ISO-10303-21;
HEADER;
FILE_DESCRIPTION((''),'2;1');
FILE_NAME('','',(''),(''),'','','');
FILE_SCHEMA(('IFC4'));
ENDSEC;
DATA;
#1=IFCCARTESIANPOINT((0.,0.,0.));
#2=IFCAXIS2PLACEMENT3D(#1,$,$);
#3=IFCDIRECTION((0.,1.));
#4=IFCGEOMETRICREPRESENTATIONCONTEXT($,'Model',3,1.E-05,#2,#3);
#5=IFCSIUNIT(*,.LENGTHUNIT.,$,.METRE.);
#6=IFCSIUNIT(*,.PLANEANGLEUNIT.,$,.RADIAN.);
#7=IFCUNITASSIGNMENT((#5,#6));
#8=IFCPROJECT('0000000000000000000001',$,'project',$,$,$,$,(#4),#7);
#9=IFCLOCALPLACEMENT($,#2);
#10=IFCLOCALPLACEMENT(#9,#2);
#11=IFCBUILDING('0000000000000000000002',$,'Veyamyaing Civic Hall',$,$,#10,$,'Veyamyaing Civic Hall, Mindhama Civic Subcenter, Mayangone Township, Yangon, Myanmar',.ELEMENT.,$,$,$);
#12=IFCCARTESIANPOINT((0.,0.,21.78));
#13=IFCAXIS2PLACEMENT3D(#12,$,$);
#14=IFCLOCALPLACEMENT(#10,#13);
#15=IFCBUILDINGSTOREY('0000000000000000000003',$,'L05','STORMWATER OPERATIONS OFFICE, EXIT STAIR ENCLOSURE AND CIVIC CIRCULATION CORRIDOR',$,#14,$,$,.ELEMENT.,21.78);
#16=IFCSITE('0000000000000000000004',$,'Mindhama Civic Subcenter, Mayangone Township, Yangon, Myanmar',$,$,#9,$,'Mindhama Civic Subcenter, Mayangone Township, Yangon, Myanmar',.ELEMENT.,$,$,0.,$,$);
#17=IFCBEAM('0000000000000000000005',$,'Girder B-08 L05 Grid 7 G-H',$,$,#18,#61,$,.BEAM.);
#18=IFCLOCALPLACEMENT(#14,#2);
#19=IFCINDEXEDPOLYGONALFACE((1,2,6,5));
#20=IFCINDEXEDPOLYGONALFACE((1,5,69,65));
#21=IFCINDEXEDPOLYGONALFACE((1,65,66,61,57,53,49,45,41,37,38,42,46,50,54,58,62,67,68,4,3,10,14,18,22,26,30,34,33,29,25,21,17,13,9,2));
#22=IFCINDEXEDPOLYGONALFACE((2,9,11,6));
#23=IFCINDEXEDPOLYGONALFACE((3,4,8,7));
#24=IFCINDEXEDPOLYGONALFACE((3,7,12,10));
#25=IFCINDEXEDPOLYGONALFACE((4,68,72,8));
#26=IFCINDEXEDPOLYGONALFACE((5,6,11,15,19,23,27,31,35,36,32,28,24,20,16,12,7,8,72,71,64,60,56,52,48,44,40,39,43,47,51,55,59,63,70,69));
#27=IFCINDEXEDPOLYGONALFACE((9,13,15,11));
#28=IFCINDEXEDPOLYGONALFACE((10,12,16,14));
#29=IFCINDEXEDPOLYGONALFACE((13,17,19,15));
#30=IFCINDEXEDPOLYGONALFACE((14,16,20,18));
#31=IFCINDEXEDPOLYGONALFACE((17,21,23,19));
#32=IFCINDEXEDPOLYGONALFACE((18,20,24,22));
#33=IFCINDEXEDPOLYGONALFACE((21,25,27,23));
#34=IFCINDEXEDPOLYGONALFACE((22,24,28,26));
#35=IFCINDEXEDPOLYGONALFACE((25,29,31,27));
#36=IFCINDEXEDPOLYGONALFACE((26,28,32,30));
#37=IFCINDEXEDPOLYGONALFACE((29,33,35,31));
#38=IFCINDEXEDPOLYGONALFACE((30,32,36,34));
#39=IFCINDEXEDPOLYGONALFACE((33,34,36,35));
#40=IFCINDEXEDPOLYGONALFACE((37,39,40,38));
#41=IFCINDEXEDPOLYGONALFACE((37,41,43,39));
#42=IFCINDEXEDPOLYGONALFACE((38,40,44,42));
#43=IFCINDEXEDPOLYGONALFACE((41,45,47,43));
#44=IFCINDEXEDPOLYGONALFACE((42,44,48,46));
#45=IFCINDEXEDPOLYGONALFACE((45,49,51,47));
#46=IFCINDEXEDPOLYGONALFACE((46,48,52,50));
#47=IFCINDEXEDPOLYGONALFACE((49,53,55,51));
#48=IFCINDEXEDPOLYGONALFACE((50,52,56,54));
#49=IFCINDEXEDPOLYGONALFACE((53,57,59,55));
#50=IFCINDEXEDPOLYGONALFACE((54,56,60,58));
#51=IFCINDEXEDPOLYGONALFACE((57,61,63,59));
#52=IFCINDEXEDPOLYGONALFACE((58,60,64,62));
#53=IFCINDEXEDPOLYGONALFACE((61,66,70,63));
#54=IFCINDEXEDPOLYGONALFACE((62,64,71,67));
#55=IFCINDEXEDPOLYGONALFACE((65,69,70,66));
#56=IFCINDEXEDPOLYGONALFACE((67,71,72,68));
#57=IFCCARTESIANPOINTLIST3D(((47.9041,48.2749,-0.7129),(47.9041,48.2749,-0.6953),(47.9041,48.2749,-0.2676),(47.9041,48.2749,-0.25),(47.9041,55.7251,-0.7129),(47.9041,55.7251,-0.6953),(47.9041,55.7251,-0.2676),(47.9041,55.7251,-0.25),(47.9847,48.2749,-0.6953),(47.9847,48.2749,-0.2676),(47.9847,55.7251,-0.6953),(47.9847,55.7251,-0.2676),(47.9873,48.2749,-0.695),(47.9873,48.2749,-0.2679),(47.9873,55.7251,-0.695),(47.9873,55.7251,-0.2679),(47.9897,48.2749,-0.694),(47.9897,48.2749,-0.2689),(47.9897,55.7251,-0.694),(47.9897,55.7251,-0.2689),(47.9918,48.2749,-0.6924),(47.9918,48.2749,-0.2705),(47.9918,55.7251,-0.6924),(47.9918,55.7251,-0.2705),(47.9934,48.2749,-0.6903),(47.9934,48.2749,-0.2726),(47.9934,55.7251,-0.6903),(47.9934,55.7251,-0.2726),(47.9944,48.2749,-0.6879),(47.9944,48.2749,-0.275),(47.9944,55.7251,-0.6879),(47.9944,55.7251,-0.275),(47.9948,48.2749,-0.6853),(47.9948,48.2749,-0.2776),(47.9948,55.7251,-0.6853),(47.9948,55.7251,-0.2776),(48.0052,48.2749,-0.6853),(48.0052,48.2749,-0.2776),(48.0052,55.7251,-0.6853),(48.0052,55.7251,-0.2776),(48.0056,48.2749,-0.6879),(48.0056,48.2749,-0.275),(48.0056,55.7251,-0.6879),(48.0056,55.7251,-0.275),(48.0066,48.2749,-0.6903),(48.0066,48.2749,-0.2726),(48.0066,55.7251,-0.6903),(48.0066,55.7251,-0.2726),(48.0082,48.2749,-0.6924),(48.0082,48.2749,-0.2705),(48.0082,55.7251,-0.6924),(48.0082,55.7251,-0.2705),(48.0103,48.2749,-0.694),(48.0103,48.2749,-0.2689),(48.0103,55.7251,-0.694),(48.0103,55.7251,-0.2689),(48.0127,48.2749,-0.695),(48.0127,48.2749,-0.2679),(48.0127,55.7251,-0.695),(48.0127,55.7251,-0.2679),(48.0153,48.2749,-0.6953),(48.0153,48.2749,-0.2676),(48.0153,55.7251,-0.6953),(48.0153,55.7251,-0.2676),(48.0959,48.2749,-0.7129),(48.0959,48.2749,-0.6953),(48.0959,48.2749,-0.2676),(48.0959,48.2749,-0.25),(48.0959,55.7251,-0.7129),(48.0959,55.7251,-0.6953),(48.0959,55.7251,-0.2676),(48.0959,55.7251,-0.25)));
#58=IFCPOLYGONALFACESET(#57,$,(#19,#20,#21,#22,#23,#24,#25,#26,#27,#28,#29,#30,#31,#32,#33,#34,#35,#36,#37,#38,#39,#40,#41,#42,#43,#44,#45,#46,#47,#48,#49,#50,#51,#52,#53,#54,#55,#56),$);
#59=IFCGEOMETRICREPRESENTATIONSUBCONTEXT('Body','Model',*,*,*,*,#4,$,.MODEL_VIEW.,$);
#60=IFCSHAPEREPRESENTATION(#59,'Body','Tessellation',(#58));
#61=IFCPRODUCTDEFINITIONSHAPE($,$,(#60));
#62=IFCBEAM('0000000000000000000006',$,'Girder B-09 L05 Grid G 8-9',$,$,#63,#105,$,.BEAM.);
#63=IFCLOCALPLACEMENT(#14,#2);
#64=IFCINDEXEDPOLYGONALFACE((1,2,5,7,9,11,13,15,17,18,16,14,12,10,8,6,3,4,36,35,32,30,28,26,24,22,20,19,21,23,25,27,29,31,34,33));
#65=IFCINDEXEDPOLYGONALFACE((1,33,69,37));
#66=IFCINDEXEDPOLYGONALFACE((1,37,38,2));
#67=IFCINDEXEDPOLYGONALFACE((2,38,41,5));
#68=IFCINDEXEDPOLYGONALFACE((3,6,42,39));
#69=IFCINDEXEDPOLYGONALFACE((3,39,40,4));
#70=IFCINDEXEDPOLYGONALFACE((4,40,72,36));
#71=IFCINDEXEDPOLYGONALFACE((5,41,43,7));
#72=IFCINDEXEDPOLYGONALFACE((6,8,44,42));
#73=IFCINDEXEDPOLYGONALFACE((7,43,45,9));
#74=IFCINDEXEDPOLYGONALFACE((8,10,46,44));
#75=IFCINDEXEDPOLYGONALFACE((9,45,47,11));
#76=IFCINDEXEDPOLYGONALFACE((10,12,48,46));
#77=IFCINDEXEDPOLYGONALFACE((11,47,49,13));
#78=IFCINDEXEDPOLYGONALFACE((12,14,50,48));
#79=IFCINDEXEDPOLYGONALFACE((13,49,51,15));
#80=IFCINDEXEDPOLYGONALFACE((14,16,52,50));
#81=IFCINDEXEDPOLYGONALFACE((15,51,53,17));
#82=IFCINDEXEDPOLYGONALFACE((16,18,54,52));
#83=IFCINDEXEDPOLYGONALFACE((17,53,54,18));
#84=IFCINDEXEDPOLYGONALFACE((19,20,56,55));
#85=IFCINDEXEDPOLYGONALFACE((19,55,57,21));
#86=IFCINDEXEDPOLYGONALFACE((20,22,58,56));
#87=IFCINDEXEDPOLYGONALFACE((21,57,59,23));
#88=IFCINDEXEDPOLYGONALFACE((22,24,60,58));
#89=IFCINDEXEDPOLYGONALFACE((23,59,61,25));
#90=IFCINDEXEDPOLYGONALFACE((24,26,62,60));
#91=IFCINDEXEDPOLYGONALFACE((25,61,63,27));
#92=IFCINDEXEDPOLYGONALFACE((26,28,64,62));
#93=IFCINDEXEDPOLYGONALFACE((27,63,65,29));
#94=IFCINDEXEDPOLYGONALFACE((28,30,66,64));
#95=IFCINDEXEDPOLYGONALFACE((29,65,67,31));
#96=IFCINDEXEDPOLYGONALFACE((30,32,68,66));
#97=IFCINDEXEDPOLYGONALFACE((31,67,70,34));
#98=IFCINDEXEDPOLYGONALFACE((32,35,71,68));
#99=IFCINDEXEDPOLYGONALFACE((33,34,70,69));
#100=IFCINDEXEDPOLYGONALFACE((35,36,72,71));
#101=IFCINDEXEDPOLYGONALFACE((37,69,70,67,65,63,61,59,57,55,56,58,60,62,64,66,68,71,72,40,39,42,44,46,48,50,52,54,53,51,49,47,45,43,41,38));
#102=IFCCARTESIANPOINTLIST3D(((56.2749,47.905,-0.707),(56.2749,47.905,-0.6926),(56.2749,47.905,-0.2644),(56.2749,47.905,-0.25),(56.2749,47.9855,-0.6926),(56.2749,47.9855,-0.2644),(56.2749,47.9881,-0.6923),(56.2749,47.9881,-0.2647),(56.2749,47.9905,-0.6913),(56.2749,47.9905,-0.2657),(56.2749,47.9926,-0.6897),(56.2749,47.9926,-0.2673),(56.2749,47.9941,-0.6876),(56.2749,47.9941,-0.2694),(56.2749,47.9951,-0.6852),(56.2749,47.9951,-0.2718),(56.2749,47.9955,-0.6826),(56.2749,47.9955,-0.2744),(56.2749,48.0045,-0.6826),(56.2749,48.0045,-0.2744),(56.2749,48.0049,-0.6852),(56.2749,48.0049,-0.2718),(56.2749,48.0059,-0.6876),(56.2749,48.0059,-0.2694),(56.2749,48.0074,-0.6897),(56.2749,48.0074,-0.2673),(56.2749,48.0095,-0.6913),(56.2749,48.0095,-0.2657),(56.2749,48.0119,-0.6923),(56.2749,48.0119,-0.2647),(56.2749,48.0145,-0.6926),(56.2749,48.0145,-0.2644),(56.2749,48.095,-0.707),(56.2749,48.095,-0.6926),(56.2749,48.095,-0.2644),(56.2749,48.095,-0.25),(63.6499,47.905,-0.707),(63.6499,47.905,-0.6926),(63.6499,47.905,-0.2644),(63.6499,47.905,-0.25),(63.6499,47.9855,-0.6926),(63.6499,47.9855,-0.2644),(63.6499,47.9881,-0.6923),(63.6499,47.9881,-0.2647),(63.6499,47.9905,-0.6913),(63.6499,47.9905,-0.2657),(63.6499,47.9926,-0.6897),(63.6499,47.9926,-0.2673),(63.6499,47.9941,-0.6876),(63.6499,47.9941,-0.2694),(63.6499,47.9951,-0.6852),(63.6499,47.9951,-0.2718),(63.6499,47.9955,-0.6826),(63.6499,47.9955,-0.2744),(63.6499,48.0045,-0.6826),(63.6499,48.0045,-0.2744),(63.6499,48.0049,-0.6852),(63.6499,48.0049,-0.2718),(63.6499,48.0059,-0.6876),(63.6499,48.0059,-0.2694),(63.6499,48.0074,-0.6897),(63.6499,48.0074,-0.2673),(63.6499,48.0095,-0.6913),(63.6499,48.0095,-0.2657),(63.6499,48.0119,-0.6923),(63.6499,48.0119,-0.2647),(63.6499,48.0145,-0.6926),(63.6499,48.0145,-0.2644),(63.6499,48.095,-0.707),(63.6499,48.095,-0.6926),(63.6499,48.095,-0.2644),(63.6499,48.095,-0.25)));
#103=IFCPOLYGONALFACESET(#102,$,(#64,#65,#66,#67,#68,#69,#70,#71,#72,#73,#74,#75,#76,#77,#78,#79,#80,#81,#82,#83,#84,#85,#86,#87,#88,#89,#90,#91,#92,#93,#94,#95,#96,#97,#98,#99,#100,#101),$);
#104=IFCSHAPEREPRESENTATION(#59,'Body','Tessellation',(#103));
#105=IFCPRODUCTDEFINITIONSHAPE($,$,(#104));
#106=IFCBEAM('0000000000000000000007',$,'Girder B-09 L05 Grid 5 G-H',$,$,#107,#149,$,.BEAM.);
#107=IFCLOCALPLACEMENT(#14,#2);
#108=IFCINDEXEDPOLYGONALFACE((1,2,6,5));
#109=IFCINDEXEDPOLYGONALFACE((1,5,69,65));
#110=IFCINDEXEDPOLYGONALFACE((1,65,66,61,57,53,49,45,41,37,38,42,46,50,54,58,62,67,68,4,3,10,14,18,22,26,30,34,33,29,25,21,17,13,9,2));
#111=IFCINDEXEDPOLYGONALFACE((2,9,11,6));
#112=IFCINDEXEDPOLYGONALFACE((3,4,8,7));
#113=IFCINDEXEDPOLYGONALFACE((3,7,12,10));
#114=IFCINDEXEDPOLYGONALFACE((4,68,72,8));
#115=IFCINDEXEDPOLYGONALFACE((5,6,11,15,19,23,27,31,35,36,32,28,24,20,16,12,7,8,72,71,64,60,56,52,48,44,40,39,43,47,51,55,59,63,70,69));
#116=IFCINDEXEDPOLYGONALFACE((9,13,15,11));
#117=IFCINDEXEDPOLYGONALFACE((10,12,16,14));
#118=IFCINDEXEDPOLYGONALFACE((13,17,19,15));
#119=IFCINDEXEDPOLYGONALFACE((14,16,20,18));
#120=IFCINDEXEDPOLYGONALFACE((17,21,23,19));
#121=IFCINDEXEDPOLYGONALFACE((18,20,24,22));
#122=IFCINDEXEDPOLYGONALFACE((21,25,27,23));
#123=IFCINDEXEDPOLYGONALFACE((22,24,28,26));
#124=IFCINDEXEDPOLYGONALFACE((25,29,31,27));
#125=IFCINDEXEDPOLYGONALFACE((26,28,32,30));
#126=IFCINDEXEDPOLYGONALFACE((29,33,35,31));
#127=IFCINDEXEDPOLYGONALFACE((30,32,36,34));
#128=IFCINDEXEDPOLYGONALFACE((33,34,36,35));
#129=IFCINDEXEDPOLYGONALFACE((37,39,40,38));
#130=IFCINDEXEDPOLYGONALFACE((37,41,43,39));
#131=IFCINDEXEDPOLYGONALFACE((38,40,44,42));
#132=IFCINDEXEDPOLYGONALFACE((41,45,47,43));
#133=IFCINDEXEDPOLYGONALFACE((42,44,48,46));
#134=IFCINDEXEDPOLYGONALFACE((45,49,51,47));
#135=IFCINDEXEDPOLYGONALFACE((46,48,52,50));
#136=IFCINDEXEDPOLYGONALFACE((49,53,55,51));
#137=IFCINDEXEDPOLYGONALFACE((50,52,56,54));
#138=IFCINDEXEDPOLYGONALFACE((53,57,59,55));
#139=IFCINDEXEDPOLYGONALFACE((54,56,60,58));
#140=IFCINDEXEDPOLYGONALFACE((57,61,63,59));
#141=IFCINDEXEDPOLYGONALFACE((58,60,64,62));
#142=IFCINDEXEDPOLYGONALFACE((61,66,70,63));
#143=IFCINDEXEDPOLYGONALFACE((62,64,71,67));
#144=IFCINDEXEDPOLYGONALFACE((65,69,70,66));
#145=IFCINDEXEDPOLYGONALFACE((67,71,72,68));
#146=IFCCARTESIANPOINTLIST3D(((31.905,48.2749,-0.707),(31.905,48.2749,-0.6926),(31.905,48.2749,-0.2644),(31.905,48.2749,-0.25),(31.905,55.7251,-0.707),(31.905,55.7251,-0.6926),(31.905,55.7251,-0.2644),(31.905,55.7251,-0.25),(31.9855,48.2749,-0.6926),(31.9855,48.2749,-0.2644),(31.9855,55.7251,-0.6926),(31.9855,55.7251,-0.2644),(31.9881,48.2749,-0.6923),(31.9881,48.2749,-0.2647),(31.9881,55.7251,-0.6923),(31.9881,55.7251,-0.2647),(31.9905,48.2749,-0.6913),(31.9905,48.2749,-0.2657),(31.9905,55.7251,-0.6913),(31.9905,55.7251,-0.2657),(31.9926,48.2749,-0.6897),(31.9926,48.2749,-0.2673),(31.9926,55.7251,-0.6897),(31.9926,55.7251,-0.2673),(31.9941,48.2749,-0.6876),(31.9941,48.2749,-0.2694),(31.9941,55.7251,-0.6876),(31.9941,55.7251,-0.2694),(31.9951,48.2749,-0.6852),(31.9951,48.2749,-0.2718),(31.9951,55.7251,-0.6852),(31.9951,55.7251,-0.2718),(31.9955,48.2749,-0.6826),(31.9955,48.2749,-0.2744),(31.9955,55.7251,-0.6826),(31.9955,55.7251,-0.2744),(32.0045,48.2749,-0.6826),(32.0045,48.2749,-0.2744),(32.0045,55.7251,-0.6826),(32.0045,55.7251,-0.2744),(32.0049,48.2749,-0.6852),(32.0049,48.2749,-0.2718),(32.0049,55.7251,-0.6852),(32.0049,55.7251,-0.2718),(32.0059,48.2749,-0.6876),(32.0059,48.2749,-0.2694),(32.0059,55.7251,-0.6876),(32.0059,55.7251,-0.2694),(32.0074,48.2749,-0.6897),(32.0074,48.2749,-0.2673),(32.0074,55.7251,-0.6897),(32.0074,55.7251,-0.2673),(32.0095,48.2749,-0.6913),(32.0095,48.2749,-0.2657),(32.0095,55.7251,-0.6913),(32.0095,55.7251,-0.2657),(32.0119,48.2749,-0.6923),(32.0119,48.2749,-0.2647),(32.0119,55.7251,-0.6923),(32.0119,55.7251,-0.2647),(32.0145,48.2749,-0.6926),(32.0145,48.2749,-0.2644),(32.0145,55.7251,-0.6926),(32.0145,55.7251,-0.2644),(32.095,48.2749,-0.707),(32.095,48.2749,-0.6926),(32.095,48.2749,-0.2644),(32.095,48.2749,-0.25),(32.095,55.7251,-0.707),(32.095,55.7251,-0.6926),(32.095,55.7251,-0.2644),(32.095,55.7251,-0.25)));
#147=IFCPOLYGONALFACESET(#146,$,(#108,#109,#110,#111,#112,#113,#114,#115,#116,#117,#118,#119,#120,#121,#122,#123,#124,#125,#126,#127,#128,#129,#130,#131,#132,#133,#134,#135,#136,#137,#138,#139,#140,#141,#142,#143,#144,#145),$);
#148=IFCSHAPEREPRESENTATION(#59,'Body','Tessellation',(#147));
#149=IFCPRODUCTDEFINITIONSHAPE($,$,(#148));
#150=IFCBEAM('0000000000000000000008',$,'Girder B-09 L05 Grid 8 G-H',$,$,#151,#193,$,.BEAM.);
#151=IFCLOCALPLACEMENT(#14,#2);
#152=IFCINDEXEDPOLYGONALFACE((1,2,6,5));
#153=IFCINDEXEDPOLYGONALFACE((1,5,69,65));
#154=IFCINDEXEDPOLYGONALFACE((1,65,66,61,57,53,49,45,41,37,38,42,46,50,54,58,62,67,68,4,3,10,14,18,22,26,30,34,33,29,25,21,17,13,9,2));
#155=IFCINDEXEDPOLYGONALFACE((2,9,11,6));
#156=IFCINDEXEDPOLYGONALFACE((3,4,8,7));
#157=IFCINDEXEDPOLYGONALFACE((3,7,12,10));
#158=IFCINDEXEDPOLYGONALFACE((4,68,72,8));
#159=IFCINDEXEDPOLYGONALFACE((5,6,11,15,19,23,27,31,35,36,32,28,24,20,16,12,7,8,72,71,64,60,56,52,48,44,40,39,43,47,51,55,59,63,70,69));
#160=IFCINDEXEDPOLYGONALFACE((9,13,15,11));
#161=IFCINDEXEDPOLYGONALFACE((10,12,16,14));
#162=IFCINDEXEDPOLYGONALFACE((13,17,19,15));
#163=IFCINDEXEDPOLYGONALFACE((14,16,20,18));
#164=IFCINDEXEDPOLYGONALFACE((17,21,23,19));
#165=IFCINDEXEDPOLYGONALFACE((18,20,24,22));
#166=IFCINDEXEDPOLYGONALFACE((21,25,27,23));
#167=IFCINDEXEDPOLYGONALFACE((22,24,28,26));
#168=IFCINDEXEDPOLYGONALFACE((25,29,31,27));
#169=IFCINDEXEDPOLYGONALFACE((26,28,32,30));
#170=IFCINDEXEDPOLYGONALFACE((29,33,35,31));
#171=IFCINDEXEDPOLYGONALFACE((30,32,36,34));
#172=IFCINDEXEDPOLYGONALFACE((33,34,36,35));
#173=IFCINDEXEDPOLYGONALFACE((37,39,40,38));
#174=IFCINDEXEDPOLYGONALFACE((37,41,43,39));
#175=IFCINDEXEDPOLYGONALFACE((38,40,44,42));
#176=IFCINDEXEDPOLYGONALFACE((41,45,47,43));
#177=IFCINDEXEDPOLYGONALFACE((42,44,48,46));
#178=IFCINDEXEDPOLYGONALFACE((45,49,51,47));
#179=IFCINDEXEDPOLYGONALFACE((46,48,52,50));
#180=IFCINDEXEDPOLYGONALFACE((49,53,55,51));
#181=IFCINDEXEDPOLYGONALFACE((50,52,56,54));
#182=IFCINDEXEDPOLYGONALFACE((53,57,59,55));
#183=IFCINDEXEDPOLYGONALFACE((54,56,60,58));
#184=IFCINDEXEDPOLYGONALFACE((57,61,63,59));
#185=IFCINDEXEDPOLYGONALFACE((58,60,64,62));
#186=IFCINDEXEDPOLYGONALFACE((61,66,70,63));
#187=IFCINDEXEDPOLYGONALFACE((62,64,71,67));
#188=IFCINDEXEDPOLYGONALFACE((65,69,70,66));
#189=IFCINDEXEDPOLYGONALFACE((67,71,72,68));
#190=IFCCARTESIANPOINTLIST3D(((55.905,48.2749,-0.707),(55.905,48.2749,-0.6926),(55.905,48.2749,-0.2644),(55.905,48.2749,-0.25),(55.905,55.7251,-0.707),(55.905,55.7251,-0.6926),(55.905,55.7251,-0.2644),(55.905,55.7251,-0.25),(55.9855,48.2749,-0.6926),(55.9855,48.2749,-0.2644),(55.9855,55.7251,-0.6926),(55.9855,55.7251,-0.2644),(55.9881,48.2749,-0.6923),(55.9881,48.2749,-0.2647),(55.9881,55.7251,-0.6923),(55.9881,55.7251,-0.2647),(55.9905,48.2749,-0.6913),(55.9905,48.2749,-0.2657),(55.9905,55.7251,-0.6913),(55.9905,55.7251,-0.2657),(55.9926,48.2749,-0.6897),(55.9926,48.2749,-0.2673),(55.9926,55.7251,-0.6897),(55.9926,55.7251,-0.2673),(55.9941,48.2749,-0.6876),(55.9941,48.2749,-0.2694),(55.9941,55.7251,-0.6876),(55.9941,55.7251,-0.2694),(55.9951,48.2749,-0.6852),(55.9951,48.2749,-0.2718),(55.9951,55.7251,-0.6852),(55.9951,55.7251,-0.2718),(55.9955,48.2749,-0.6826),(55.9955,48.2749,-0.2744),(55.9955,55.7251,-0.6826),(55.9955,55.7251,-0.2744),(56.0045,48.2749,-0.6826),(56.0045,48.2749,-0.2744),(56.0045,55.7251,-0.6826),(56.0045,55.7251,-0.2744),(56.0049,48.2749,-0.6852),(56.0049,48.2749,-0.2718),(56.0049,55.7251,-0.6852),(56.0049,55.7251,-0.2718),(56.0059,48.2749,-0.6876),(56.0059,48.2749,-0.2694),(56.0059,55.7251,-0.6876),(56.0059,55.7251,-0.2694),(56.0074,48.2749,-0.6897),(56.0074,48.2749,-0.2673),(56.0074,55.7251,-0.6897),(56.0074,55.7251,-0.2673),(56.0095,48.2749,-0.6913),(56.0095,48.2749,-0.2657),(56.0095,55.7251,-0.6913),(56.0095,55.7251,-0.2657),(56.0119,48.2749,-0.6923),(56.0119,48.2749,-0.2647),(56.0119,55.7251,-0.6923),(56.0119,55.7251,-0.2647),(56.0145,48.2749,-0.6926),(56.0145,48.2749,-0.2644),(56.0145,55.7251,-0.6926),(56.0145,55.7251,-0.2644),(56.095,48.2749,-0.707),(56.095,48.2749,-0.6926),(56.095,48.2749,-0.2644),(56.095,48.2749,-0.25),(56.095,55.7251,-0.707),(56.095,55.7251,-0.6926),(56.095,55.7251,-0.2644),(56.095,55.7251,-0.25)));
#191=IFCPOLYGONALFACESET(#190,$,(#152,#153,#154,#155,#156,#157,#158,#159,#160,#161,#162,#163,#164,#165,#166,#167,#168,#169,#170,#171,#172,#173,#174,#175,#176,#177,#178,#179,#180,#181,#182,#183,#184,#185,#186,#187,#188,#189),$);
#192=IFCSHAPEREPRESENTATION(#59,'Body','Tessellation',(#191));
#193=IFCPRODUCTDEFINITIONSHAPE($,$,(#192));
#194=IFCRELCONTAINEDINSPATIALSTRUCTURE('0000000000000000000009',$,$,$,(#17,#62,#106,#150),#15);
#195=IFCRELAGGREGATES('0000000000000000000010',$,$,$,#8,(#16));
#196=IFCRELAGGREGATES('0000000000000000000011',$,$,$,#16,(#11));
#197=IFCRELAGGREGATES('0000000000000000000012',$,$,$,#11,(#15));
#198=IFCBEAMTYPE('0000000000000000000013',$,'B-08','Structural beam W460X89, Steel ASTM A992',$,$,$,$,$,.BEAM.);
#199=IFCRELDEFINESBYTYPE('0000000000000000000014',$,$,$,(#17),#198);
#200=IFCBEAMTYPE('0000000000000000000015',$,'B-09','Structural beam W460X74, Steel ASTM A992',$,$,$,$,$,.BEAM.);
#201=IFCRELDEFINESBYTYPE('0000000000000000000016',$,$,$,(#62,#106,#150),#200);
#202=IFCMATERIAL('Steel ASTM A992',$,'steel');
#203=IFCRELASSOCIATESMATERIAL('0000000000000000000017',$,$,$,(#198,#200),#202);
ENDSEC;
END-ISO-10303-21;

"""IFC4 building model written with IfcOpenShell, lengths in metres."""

from ifc_helpers import new_model, si_unit, direction, frame, origin, origin_2d, place, context, subcontext, project, spatial, i_section, extrude, material, material_profile, profile_set, type_object, element, save


model = new_model("IFC4")

# Units and contexts
model_context = context("Model", 3, precision=1e-05, world=origin(), true_north=direction((0.0, 1.0)))
body_context = subcontext(model_context, "Body", "Model", "MODEL_VIEW")
ifc_project = project(units=[si_unit("LENGTHUNIT", "METRE"), si_unit("PLANEANGLEUNIT", "RADIAN")], contexts=[model_context])

# Site, building, storey
site_placement = place(None, origin())
site = spatial("IfcSite", under=ifc_project, at=site_placement, Name="Mindhama Civic Subcenter, Mayangone Township, Yangon, Myanmar", LongName="Mindhama Civic Subcenter, Mayangone Township, Yangon, Myanmar", CompositionType="ELEMENT", RefElevation=0.0)
building_placement = place(site_placement, origin())
building = spatial("IfcBuilding", under=site, at=building_placement, Name="Veyamyaing Civic Hall", LongName="Veyamyaing Civic Hall, Mindhama Civic Subcenter, Mayangone Township, Yangon, Myanmar", CompositionType="ELEMENT")
storey_placement = place(building_placement, frame((0.0, 0.0, 21.78)))
storey = spatial("IfcBuildingStorey", under=building, at=storey_placement, Name="L05", Description="STORMWATER OPERATIONS OFFICE, EXIT STAIR ENCLOSURE AND CIVIC CIRCULATION CORRIDOR", CompositionType="ELEMENT", Elevation=21.78)

# Beams
ifc_material_1 = material(Name="Steel ASTM A992", Category="steel")
ifc_material_profile_1 = material_profile(ifc_material_1, i_section(OverallWidth=0.1919, OverallDepth=0.4629, WebThickness=0.0105, FlangeThickness=0.0176, FilletRadius=0.01, at=origin_2d()), Name="W460X89")
ifc_profile_set_1 = profile_set([ifc_material_profile_1], Name="Steel ASTM A992")
beam_type_1 = type_object("IfcBeamType", Name="B-08", Description="Structural beam W460X89, Steel ASTM A992", PredefinedType="BEAM", material=ifc_profile_set_1)
beam_1_placement = place(storey_placement, frame((48.0, 48.2749, -0.4814), z_axis=(0.0, 1.0, 0.0), x_axis=(-1.0, 0.0, 0.0)))
element("IfcBeam", 1, at=beam_1_placement, inside=storey, type_object=beam_type_1, Name="Girder B-08 L05 Grid 7 G-H", PredefinedType="BEAM", context=body_context, shape_type="SweptSolid", body=[
    extrude(i_section(OverallWidth=0.1919, OverallDepth=0.4629, WebThickness=0.0105, FlangeThickness=0.0176, FilletRadius=0.01, at=origin_2d()), origin(), (0.0, 0.0, 1.0), 7.4502),
])
ifc_material_profile_2 = material_profile(ifc_material_1, i_section(OverallWidth=0.1899, OverallDepth=0.457, WebThickness=0.009, FlangeThickness=0.0144, FilletRadius=0.01, at=origin_2d()), Name="W460X74")
ifc_profile_set_2 = profile_set([ifc_material_profile_2], Name="Steel ASTM A992")
beam_type_2 = type_object("IfcBeamType", Name="B-09", Description="Structural beam W460X74, Steel ASTM A992", PredefinedType="BEAM", material=ifc_profile_set_2)
beam_2_placement = place(storey_placement, frame((56.2749, 48.0, -0.4785), z_axis=(1.0, 0.0, 0.0), x_axis=(0.0, 1.0, 0.0)))
element("IfcBeam", 2, at=beam_2_placement, inside=storey, type_object=beam_type_2, Name="Girder B-09 L05 Grid G 8-9", PredefinedType="BEAM", context=body_context, shape_type="SweptSolid", body=[
    extrude(i_section(OverallWidth=0.1899, OverallDepth=0.457, WebThickness=0.009, FlangeThickness=0.0144, FilletRadius=0.01, at=origin_2d()), origin(), (0.0, 0.0, 1.0), 7.375),
])
for number, where, z_axis, x_axis, name in (
    (3, (32.0, 48.2749, -0.4785), (0.0, 1.0, 0.0), (-1.0, 0.0, 0.0), "Girder B-09 L05 Grid 5 G-H"),
    (4, (56.0, 48.2749, -0.4785), (0.0, 1.0, 0.0), (-1.0, 0.0, 0.0), "Girder B-09 L05 Grid 8 G-H"),
):
    element("IfcBeam", number, at=place(storey_placement, frame(where, z_axis=z_axis, x_axis=x_axis)), inside=storey, type_object=beam_type_2, Name=name, PredefinedType="BEAM", context=body_context, shape_type="SweptSolid", body=[
        extrude(i_section(OverallWidth=0.1899, OverallDepth=0.457, WebThickness=0.009, FlangeThickness=0.0144, FilletRadius=0.01, at=origin_2d()), origin(), (0.0, 0.0, 1.0), 7.4502),
    ])

save(model, "model.ifc")
